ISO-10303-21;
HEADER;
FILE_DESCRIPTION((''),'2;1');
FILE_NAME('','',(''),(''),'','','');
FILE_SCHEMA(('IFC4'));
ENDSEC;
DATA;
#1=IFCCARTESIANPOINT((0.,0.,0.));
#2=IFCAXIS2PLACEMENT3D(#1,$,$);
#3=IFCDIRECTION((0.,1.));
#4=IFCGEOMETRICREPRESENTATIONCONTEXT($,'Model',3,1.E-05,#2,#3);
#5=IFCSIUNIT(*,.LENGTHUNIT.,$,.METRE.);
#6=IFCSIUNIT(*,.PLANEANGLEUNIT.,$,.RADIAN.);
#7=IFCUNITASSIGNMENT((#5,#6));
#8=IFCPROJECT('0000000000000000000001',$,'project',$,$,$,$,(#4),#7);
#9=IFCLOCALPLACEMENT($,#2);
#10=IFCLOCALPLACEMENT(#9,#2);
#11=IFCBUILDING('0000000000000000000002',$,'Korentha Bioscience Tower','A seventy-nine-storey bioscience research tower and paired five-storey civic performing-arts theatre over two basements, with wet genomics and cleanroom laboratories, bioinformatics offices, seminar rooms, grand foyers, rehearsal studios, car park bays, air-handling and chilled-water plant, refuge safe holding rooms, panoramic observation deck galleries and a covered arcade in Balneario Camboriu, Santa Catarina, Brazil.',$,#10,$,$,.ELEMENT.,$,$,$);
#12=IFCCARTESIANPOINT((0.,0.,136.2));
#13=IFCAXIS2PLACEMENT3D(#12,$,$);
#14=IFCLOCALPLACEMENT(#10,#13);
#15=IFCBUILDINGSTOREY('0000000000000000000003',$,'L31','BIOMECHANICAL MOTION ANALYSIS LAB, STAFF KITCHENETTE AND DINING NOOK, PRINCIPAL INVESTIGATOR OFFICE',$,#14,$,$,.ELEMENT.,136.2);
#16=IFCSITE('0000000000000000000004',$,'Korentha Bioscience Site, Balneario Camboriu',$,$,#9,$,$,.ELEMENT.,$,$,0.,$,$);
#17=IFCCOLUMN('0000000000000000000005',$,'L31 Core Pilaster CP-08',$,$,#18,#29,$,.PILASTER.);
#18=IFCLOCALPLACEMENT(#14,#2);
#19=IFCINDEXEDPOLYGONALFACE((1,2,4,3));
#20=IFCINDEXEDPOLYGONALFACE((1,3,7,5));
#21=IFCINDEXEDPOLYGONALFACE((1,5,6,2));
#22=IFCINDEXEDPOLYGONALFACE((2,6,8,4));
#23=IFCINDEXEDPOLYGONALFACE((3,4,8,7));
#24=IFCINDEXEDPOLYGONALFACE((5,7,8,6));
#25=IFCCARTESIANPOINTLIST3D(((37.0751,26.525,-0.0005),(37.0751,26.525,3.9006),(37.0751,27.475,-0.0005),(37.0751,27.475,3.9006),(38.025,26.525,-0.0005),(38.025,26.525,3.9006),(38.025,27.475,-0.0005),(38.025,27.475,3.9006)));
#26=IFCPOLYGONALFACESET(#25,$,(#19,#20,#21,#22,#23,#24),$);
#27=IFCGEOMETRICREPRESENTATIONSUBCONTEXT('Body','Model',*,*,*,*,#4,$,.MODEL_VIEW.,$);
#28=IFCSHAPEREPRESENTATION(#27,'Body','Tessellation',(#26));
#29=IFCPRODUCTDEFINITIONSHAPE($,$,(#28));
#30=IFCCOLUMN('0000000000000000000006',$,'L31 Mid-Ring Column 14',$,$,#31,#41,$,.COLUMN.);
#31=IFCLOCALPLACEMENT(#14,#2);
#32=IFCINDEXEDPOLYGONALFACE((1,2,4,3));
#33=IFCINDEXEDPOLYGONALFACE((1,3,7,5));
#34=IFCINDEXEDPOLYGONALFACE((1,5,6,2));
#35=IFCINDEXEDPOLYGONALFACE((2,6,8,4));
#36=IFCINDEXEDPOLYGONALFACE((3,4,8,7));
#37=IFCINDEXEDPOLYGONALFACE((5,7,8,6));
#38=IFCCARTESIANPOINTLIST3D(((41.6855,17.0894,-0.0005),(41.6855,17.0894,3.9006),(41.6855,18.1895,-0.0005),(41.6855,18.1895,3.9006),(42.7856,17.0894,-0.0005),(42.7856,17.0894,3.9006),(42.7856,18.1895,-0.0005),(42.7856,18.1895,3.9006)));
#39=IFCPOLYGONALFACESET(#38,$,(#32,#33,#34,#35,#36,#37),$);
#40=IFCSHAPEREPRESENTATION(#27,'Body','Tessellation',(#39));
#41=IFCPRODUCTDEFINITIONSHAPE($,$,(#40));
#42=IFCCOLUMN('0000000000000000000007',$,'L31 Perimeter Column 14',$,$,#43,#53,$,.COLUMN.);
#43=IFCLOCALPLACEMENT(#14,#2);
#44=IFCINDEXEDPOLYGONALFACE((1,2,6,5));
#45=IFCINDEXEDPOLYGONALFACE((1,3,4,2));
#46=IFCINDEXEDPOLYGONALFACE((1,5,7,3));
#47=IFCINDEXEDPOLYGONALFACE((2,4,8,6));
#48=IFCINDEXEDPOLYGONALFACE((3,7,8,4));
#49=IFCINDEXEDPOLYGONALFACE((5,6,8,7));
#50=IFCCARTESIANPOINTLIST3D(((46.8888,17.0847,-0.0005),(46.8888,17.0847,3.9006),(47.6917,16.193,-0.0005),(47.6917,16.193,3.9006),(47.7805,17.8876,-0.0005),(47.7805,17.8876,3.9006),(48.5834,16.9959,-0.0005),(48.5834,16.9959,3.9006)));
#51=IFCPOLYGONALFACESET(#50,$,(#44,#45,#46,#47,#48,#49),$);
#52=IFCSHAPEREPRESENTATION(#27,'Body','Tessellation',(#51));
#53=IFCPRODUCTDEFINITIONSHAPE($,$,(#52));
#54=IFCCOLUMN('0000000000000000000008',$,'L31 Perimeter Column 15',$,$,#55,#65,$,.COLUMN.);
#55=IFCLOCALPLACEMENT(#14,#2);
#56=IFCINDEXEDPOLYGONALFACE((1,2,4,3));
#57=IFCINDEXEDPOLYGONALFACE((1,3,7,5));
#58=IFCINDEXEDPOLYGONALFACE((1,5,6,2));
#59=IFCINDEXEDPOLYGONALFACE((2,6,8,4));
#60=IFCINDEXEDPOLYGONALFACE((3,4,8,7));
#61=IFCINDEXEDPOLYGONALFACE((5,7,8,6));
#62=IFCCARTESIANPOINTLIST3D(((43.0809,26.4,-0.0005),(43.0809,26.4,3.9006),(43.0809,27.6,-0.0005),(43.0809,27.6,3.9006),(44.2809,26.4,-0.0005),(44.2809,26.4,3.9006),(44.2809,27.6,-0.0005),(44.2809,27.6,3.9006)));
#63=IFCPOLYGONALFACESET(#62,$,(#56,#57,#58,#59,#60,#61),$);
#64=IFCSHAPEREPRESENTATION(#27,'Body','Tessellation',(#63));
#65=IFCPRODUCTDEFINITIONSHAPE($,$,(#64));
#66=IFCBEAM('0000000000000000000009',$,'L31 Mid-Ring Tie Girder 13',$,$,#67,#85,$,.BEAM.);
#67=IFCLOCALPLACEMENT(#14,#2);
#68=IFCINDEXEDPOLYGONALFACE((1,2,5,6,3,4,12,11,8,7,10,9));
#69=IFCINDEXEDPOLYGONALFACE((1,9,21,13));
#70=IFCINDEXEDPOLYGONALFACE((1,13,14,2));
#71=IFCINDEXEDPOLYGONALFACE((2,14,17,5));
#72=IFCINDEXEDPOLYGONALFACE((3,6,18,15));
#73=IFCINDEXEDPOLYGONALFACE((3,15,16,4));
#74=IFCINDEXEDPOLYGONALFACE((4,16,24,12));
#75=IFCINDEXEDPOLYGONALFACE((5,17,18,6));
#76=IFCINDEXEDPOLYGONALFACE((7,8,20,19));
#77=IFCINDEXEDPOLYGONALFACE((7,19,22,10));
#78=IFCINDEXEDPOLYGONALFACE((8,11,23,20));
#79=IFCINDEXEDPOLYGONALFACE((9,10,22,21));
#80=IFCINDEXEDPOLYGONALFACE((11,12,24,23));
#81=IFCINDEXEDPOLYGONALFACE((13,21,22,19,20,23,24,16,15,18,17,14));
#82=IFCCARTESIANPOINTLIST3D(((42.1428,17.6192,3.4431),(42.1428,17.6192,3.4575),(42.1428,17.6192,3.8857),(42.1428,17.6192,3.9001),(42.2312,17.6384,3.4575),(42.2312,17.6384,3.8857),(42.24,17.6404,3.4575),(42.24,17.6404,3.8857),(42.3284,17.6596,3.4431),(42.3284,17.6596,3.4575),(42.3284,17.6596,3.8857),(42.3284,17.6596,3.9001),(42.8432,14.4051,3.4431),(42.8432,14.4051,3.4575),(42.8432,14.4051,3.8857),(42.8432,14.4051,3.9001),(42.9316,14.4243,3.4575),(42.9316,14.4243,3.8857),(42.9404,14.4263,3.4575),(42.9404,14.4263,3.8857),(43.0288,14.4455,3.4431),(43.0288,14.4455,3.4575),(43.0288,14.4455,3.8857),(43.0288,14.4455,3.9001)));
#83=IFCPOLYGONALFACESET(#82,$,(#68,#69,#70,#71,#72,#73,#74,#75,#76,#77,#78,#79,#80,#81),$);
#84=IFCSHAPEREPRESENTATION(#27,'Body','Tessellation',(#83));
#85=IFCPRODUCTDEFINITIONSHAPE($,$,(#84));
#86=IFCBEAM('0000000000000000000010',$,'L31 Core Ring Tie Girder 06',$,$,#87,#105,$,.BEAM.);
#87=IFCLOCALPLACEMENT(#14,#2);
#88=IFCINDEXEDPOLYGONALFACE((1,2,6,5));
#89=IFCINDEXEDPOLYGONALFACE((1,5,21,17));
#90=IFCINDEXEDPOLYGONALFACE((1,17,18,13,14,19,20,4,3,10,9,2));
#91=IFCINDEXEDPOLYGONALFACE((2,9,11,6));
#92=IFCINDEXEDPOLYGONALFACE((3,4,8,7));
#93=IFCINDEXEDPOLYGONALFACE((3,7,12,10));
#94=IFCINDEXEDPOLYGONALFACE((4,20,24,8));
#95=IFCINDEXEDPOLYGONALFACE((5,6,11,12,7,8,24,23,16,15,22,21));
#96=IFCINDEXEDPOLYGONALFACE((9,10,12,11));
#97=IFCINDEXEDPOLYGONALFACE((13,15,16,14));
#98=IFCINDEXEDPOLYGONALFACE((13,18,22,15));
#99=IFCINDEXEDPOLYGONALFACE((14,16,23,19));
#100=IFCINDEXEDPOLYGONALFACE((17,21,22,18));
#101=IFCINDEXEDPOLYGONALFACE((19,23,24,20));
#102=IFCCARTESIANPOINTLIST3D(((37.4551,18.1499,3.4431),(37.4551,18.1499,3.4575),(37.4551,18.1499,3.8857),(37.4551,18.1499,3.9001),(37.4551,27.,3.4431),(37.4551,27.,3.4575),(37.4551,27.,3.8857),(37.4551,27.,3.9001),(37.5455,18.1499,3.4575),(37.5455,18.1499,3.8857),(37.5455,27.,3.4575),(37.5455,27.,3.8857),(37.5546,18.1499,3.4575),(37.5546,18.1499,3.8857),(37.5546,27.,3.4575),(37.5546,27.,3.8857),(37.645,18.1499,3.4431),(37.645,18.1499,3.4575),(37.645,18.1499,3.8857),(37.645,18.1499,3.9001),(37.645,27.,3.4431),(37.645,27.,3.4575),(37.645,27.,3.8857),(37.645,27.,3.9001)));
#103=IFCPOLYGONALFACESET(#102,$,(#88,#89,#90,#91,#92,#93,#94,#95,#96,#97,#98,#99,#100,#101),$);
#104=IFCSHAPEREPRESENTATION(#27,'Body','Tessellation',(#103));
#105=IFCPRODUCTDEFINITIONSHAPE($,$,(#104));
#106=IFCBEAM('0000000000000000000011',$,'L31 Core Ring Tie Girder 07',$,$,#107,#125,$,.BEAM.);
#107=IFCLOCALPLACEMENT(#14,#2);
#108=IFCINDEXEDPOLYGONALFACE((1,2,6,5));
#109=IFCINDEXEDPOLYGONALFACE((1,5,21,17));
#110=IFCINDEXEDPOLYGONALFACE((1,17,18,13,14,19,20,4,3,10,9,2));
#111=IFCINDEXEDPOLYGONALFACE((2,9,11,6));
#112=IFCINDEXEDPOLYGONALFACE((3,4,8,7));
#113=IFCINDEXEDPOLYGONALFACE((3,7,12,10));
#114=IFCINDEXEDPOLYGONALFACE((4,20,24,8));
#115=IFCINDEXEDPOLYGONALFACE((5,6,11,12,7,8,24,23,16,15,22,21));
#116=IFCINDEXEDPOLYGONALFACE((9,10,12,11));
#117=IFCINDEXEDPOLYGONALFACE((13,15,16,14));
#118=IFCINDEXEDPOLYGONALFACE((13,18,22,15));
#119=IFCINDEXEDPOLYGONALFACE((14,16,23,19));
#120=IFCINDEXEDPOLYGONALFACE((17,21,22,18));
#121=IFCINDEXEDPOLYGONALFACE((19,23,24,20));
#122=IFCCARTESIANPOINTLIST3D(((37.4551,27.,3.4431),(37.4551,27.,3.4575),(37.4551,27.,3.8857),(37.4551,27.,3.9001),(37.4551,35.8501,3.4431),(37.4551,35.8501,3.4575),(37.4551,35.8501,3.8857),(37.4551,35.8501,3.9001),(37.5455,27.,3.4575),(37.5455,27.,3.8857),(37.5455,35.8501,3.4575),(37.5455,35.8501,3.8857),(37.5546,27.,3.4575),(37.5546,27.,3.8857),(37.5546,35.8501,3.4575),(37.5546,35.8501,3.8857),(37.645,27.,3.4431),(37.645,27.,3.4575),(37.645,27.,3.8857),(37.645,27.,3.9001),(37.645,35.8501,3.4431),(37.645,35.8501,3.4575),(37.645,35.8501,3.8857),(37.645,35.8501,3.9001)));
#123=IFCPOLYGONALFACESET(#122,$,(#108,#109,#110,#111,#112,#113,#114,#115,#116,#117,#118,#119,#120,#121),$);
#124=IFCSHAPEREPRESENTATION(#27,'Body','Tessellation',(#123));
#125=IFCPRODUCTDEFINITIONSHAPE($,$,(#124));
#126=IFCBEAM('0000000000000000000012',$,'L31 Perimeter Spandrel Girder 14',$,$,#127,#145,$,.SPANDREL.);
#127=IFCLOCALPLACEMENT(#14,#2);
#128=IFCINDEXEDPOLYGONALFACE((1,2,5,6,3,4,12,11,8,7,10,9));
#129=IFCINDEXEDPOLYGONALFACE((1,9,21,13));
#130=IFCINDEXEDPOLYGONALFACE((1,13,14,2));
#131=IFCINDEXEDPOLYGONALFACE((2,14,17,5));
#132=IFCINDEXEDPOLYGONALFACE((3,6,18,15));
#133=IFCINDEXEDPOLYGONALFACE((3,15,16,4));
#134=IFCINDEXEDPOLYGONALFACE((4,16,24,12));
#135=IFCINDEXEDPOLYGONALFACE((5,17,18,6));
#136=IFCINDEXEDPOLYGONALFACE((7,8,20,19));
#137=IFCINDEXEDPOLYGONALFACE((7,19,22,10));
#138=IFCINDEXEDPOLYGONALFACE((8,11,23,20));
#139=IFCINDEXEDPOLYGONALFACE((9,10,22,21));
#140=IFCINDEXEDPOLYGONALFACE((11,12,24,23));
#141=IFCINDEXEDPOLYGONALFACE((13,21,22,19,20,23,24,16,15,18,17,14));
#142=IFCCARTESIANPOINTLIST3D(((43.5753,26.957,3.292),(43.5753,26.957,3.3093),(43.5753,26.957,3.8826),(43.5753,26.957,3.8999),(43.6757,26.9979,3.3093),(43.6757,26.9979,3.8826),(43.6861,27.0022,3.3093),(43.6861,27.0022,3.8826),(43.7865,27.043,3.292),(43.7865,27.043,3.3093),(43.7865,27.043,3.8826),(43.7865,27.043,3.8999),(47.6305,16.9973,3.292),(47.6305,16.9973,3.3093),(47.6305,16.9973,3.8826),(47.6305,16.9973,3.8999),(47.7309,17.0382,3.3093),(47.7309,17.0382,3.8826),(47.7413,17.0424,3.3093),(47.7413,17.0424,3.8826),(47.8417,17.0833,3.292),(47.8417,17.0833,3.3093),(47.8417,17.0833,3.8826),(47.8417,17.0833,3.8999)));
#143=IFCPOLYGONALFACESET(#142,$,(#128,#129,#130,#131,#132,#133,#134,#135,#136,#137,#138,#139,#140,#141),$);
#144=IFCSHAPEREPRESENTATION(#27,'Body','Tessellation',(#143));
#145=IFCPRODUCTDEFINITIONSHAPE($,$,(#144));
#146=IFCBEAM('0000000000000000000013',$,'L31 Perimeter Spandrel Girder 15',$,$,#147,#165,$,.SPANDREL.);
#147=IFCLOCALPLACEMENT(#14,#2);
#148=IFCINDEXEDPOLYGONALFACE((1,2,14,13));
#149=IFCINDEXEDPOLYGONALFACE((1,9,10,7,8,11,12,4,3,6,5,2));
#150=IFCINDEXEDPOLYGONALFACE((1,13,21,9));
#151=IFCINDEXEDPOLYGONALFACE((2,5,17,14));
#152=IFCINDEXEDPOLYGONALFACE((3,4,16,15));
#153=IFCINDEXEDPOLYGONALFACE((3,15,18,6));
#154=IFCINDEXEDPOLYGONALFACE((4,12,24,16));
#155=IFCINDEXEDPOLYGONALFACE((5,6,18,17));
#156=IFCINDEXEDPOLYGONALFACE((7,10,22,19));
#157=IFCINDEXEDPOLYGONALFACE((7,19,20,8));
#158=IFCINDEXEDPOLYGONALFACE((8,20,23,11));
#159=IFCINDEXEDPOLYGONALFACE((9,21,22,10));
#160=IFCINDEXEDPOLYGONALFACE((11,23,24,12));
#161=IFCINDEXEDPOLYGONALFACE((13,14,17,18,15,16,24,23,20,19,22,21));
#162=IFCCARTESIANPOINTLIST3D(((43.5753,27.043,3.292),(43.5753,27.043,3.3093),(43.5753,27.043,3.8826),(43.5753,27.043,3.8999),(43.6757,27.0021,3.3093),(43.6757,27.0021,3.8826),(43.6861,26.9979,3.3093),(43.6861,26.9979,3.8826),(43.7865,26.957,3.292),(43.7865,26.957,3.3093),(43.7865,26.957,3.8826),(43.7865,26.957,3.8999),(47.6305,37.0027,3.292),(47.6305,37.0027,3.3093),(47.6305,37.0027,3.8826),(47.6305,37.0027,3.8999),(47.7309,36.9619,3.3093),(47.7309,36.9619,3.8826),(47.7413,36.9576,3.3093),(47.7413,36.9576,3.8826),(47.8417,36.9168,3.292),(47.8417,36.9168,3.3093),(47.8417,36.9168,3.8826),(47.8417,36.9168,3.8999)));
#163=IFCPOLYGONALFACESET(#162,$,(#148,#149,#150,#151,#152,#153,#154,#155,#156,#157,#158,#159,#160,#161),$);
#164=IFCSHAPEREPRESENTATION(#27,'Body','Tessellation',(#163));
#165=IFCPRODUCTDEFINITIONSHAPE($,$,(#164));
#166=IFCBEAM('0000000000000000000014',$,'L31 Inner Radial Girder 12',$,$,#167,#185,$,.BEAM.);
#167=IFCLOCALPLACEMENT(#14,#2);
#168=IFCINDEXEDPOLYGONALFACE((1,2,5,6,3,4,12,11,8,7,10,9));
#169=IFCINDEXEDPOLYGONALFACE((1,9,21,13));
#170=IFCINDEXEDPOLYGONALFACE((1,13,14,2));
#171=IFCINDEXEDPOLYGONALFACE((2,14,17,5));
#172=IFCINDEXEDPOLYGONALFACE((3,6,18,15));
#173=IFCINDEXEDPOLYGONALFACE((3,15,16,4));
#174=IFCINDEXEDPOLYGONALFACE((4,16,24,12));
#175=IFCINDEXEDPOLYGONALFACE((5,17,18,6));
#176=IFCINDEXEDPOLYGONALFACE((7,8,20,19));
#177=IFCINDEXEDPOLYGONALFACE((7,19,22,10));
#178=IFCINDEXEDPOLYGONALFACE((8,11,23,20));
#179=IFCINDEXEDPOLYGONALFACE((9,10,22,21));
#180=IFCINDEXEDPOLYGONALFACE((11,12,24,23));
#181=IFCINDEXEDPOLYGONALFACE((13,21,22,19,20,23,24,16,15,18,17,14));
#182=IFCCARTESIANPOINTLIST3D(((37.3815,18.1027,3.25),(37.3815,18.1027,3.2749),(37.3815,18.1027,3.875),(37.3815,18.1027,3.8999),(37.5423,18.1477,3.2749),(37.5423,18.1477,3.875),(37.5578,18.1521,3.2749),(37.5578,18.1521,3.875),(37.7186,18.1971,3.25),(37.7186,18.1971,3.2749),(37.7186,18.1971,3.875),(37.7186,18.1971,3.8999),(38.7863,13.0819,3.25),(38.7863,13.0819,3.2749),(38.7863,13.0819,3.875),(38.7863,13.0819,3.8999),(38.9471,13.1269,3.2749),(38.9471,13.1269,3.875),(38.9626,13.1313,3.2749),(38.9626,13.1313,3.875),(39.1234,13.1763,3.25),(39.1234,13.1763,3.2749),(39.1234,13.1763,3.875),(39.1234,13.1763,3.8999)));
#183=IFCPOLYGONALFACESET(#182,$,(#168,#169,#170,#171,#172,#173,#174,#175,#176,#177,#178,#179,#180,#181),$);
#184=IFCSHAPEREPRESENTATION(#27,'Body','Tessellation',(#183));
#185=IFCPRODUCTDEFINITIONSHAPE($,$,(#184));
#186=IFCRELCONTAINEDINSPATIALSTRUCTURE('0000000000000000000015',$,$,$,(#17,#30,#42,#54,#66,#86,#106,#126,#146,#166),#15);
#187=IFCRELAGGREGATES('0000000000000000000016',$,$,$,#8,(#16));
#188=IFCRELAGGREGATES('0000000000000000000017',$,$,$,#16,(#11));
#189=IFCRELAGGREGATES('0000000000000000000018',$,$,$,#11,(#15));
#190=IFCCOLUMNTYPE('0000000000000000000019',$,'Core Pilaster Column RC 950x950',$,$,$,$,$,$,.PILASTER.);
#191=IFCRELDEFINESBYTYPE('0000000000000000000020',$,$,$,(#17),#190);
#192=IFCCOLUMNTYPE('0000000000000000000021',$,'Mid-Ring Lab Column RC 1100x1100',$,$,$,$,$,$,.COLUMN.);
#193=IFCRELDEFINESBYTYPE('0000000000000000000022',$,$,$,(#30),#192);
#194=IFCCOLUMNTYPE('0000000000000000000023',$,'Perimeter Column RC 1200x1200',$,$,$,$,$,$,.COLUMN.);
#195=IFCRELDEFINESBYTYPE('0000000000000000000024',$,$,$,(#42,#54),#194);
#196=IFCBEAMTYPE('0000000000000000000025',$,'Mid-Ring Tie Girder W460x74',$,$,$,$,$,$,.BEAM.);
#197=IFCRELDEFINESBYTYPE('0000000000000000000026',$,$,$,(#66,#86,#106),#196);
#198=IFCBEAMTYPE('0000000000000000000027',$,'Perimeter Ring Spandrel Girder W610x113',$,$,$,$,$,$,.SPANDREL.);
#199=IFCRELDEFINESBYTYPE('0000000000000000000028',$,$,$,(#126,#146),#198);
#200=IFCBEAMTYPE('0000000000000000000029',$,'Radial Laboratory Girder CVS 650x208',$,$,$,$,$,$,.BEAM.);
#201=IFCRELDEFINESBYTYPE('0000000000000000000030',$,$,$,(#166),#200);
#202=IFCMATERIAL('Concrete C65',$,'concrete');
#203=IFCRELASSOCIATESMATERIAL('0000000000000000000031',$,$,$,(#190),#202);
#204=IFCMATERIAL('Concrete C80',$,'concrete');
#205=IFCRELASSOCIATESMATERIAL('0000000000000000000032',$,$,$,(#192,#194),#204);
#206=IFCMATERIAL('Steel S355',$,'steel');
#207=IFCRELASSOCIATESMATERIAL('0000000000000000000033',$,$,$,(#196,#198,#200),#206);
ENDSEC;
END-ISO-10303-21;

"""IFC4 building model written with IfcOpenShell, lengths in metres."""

from ifc_helpers import new_model, si_unit, direction, frame, origin, origin_2d, place, context, subcontext, project, spatial, rectangle, i_section, extrude, material, material_profile, profile_set, type_object, element, save


model = new_model("IFC4")

# Units and contexts
model_context = context("Model", 3, precision=1e-05, world=origin(), true_north=direction((0.0, 1.0)))
body_context = subcontext(model_context, "Body", "Model", "MODEL_VIEW")
ifc_project = project(units=[si_unit("LENGTHUNIT", "METRE"), si_unit("PLANEANGLEUNIT", "RADIAN")], contexts=[model_context])

# Site, building, storey
site_placement = place(None, origin())
site = spatial("IfcSite", under=ifc_project, at=site_placement, Name="Korentha Bioscience Site, Balneario Camboriu", CompositionType="ELEMENT", RefElevation=0.0)
building_placement = place(site_placement, origin())
building = spatial("IfcBuilding", under=site, at=building_placement, Name="Korentha Bioscience Tower", Description="A seventy-nine-storey bioscience research tower and paired five-storey civic performing-arts theatre over two basements, with wet genomics and cleanroom laboratories, bioinformatics offices, seminar rooms, grand foyers, rehearsal studios, car park bays, air-handling and chilled-water plant, refuge safe holding rooms, panoramic observation deck galleries and a covered arcade in Balneario Camboriu, Santa Catarina, Brazil.", CompositionType="ELEMENT")
storey_placement = place(building_placement, frame((0.0, 0.0, 136.2)))
storey = spatial("IfcBuildingStorey", under=building, at=storey_placement, Name="L31", Description="BIOMECHANICAL MOTION ANALYSIS LAB, STAFF KITCHENETTE AND DINING NOOK, PRINCIPAL INVESTIGATOR OFFICE", CompositionType="ELEMENT", Elevation=136.2)

# Columns
ifc_material_1 = material(Name="Concrete C65", Category="concrete")
ifc_material_profile_1 = material_profile(ifc_material_1, rectangle(XDim=0.95, YDim=0.95, at=origin_2d()), Name="Concrete C65")
ifc_profile_set_1 = profile_set([ifc_material_profile_1], Name="Concrete C65 (COL-CP09)")
column_type_1 = type_object("IfcColumnType", Name="Core Pilaster Column RC 950x950", PredefinedType="PILASTER", material=ifc_profile_set_1)
column_1_placement = place(storey_placement, frame((37.55, 27.0, -0.0005), z_axis=(0.0, 0.0, 1.0), x_axis=(1.0, 0.0, 0.0)))
element("IfcColumn", 1, at=column_1_placement, inside=storey, type_object=column_type_1, Name="L31 Core Pilaster CP-08", PredefinedType="PILASTER", context=body_context, shape_type="SweptSolid", body=[
    extrude(rectangle(XDim=0.95, YDim=0.95, at=origin_2d()), origin(), (0.0, 0.0, 1.0), 3.9011),
])
ifc_material_2 = material(Name="Concrete C80", Category="concrete")
ifc_material_profile_2 = material_profile(ifc_material_2, rectangle(XDim=1.1001, YDim=1.1001, at=origin_2d()), Name="Concrete C80")
ifc_profile_set_2 = profile_set([ifc_material_profile_2], Name="Concrete C80 (COL-MR11)")
column_type_2 = type_object("IfcColumnType", Name="Mid-Ring Lab Column RC 1100x1100", PredefinedType="COLUMN", material=ifc_profile_set_2)
column_2_placement = place(storey_placement, frame((42.2356, 17.6394, -0.0005), z_axis=(0.0, 0.0, 1.0), x_axis=(1.0, 0.0, 0.0)))
element("IfcColumn", 2, at=column_2_placement, inside=storey, type_object=column_type_2, Name="L31 Mid-Ring Column 14", PredefinedType="COLUMN", context=body_context, shape_type="SweptSolid", body=[
    extrude(rectangle(XDim=1.1001, YDim=1.1001, at=origin_2d()), origin(), (0.0, 0.0, 1.0), 3.9011),
])
ifc_material_profile_3 = material_profile(ifc_material_2, rectangle(XDim=1.2, YDim=1.2, at=origin_2d()), Name="Concrete C80")
ifc_profile_set_3 = profile_set([ifc_material_profile_3], Name="Concrete C80 (COL-P12)")
column_type_3 = type_object("IfcColumnType", Name="Perimeter Column RC 1200x1200", PredefinedType="COLUMN", material=ifc_profile_set_3)
for number, where, z_axis, x_axis, name in (
    (3, (47.7361, 17.0403, -0.0005), (0.0, 0.0, 1.0), (-0.669131, 0.743145, 0.0), "L31 Perimeter Column 14"),
    (4, (43.6809, 27.0, -0.0005), (0.0, 0.0, 1.0), (0.0, 1.0, 0.0), "L31 Perimeter Column 15"),
):
    element("IfcColumn", number, at=place(storey_placement, frame(where, z_axis=z_axis, x_axis=x_axis)), inside=storey, type_object=column_type_3, Name=name, PredefinedType="COLUMN", context=body_context, shape_type="SweptSolid", body=[
        extrude(rectangle(XDim=1.2, YDim=1.2, at=origin_2d()), origin(), (0.0, 0.0, 1.0), 3.9011),
    ])

# Beams
ifc_material_3 = material(Name="Steel S355", Category="steel")
ifc_material_profile_4 = material_profile(ifc_material_3, i_section(OverallWidth=0.1899, OverallDepth=0.457, WebThickness=0.009, FlangeThickness=0.0144, at=origin_2d()), Name="Steel S355")
ifc_profile_set_4 = profile_set([ifc_material_profile_4], Name="Steel S355 (MB-460)")
beam_type_1 = type_object("IfcBeamType", Name="Mid-Ring Tie Girder W460x74", PredefinedType="BEAM", material=ifc_profile_set_4)
beam_1_placement = place(storey_placement, frame((42.936, 14.4253, 3.6716), z_axis=(-0.212929, 0.977068, 0.0), x_axis=(-0.977068, -0.212929, 0.0)))
element("IfcBeam", 5, at=beam_1_placement, inside=storey, type_object=beam_type_1, Name="L31 Mid-Ring Tie Girder 13", PredefinedType="BEAM", context=body_context, shape_type="SweptSolid", body=[
    extrude(i_section(OverallWidth=0.1899, OverallDepth=0.457, WebThickness=0.009, FlangeThickness=0.0144, at=origin_2d()), origin(), (0.0, 0.0, 1.0), 3.2896),
])
for number, where, z_axis, x_axis, name in (
    (6, (37.55, 18.1499, 3.6716), (0.0, 1.0, 0.0), (-1.0, 0.0, 0.0), "L31 Core Ring Tie Girder 06"),
    (7, (37.55, 27.0, 3.6716), (0.0, 1.0, 0.0), (-1.0, 0.0, 0.0), "L31 Core Ring Tie Girder 07"),
):
    element("IfcBeam", number, at=place(storey_placement, frame(where, z_axis=z_axis, x_axis=x_axis)), inside=storey, type_object=beam_type_1, Name=name, PredefinedType="BEAM", context=body_context, shape_type="SweptSolid", body=[
        extrude(i_section(OverallWidth=0.1899, OverallDepth=0.457, WebThickness=0.009, FlangeThickness=0.0144, at=origin_2d()), origin(), (0.0, 0.0, 1.0), 8.8501),
    ])
ifc_material_profile_5 = material_profile(ifc_material_3, i_section(OverallWidth=0.228, OverallDepth=0.6079, WebThickness=0.0112, FlangeThickness=0.0173, at=origin_2d()), Name="Steel S355")
ifc_profile_set_5 = profile_set([ifc_material_profile_5], Name="Steel S355 (SB-610)")
beam_type_2 = type_object("IfcBeamType", Name="Perimeter Ring Spandrel Girder W610x113", PredefinedType="SPANDREL", material=ifc_profile_set_5)
for number, where, z_axis, x_axis, name in (
    (8, (47.7361, 17.0403, 3.5959), (-0.377099, 0.926173, 0.0), (-0.926173, -0.377099, 0.0), "L31 Perimeter Spandrel Girder 14"),
    (9, (43.6809, 27.0, 3.5959), (0.377099, 0.926173, 0.0), (-0.926173, 0.377099, 0.0), "L31 Perimeter Spandrel Girder 15"),
):
    element("IfcBeam", number, at=place(storey_placement, frame(where, z_axis=z_axis, x_axis=x_axis)), inside=storey, type_object=beam_type_2, Name=name, PredefinedType="SPANDREL", context=body_context, shape_type="SweptSolid", body=[
        extrude(i_section(OverallWidth=0.228, OverallDepth=0.6079, WebThickness=0.0112, FlangeThickness=0.0173, at=origin_2d()), origin(), (0.0, 0.0, 1.0), 10.7537),
    ])
ifc_material_profile_6 = material_profile(ifc_material_3, i_section(OverallWidth=0.3501, OverallDepth=0.6499, WebThickness=0.0161, FlangeThickness=0.0249, at=origin_2d()), Name="Steel S355")
ifc_profile_set_6 = profile_set([ifc_material_profile_6], Name="Steel S355 (RB-650)")
beam_type_3 = type_object("IfcBeamType", Name="Radial Laboratory Girder CVS 650x208", PredefinedType="BEAM", material=ifc_profile_set_6)
beam_2_placement = place(storey_placement, frame((37.55, 18.1499, 3.575), z_axis=(0.269448, -0.963015, 0.0), x_axis=(0.963015, 0.269448, 0.0)))
element("IfcBeam", 10, at=beam_2_placement, inside=storey, type_object=beam_type_3, Name="L31 Inner Radial Girder 12", PredefinedType="BEAM", context=body_context, shape_type="SweptSolid", body=[
    extrude(i_section(OverallWidth=0.3501, OverallDepth=0.6499, WebThickness=0.0161, FlangeThickness=0.0249, at=origin_2d()), origin(), (0.0, 0.0, 1.0), 5.2136),
])

save(model, "model.ifc")
